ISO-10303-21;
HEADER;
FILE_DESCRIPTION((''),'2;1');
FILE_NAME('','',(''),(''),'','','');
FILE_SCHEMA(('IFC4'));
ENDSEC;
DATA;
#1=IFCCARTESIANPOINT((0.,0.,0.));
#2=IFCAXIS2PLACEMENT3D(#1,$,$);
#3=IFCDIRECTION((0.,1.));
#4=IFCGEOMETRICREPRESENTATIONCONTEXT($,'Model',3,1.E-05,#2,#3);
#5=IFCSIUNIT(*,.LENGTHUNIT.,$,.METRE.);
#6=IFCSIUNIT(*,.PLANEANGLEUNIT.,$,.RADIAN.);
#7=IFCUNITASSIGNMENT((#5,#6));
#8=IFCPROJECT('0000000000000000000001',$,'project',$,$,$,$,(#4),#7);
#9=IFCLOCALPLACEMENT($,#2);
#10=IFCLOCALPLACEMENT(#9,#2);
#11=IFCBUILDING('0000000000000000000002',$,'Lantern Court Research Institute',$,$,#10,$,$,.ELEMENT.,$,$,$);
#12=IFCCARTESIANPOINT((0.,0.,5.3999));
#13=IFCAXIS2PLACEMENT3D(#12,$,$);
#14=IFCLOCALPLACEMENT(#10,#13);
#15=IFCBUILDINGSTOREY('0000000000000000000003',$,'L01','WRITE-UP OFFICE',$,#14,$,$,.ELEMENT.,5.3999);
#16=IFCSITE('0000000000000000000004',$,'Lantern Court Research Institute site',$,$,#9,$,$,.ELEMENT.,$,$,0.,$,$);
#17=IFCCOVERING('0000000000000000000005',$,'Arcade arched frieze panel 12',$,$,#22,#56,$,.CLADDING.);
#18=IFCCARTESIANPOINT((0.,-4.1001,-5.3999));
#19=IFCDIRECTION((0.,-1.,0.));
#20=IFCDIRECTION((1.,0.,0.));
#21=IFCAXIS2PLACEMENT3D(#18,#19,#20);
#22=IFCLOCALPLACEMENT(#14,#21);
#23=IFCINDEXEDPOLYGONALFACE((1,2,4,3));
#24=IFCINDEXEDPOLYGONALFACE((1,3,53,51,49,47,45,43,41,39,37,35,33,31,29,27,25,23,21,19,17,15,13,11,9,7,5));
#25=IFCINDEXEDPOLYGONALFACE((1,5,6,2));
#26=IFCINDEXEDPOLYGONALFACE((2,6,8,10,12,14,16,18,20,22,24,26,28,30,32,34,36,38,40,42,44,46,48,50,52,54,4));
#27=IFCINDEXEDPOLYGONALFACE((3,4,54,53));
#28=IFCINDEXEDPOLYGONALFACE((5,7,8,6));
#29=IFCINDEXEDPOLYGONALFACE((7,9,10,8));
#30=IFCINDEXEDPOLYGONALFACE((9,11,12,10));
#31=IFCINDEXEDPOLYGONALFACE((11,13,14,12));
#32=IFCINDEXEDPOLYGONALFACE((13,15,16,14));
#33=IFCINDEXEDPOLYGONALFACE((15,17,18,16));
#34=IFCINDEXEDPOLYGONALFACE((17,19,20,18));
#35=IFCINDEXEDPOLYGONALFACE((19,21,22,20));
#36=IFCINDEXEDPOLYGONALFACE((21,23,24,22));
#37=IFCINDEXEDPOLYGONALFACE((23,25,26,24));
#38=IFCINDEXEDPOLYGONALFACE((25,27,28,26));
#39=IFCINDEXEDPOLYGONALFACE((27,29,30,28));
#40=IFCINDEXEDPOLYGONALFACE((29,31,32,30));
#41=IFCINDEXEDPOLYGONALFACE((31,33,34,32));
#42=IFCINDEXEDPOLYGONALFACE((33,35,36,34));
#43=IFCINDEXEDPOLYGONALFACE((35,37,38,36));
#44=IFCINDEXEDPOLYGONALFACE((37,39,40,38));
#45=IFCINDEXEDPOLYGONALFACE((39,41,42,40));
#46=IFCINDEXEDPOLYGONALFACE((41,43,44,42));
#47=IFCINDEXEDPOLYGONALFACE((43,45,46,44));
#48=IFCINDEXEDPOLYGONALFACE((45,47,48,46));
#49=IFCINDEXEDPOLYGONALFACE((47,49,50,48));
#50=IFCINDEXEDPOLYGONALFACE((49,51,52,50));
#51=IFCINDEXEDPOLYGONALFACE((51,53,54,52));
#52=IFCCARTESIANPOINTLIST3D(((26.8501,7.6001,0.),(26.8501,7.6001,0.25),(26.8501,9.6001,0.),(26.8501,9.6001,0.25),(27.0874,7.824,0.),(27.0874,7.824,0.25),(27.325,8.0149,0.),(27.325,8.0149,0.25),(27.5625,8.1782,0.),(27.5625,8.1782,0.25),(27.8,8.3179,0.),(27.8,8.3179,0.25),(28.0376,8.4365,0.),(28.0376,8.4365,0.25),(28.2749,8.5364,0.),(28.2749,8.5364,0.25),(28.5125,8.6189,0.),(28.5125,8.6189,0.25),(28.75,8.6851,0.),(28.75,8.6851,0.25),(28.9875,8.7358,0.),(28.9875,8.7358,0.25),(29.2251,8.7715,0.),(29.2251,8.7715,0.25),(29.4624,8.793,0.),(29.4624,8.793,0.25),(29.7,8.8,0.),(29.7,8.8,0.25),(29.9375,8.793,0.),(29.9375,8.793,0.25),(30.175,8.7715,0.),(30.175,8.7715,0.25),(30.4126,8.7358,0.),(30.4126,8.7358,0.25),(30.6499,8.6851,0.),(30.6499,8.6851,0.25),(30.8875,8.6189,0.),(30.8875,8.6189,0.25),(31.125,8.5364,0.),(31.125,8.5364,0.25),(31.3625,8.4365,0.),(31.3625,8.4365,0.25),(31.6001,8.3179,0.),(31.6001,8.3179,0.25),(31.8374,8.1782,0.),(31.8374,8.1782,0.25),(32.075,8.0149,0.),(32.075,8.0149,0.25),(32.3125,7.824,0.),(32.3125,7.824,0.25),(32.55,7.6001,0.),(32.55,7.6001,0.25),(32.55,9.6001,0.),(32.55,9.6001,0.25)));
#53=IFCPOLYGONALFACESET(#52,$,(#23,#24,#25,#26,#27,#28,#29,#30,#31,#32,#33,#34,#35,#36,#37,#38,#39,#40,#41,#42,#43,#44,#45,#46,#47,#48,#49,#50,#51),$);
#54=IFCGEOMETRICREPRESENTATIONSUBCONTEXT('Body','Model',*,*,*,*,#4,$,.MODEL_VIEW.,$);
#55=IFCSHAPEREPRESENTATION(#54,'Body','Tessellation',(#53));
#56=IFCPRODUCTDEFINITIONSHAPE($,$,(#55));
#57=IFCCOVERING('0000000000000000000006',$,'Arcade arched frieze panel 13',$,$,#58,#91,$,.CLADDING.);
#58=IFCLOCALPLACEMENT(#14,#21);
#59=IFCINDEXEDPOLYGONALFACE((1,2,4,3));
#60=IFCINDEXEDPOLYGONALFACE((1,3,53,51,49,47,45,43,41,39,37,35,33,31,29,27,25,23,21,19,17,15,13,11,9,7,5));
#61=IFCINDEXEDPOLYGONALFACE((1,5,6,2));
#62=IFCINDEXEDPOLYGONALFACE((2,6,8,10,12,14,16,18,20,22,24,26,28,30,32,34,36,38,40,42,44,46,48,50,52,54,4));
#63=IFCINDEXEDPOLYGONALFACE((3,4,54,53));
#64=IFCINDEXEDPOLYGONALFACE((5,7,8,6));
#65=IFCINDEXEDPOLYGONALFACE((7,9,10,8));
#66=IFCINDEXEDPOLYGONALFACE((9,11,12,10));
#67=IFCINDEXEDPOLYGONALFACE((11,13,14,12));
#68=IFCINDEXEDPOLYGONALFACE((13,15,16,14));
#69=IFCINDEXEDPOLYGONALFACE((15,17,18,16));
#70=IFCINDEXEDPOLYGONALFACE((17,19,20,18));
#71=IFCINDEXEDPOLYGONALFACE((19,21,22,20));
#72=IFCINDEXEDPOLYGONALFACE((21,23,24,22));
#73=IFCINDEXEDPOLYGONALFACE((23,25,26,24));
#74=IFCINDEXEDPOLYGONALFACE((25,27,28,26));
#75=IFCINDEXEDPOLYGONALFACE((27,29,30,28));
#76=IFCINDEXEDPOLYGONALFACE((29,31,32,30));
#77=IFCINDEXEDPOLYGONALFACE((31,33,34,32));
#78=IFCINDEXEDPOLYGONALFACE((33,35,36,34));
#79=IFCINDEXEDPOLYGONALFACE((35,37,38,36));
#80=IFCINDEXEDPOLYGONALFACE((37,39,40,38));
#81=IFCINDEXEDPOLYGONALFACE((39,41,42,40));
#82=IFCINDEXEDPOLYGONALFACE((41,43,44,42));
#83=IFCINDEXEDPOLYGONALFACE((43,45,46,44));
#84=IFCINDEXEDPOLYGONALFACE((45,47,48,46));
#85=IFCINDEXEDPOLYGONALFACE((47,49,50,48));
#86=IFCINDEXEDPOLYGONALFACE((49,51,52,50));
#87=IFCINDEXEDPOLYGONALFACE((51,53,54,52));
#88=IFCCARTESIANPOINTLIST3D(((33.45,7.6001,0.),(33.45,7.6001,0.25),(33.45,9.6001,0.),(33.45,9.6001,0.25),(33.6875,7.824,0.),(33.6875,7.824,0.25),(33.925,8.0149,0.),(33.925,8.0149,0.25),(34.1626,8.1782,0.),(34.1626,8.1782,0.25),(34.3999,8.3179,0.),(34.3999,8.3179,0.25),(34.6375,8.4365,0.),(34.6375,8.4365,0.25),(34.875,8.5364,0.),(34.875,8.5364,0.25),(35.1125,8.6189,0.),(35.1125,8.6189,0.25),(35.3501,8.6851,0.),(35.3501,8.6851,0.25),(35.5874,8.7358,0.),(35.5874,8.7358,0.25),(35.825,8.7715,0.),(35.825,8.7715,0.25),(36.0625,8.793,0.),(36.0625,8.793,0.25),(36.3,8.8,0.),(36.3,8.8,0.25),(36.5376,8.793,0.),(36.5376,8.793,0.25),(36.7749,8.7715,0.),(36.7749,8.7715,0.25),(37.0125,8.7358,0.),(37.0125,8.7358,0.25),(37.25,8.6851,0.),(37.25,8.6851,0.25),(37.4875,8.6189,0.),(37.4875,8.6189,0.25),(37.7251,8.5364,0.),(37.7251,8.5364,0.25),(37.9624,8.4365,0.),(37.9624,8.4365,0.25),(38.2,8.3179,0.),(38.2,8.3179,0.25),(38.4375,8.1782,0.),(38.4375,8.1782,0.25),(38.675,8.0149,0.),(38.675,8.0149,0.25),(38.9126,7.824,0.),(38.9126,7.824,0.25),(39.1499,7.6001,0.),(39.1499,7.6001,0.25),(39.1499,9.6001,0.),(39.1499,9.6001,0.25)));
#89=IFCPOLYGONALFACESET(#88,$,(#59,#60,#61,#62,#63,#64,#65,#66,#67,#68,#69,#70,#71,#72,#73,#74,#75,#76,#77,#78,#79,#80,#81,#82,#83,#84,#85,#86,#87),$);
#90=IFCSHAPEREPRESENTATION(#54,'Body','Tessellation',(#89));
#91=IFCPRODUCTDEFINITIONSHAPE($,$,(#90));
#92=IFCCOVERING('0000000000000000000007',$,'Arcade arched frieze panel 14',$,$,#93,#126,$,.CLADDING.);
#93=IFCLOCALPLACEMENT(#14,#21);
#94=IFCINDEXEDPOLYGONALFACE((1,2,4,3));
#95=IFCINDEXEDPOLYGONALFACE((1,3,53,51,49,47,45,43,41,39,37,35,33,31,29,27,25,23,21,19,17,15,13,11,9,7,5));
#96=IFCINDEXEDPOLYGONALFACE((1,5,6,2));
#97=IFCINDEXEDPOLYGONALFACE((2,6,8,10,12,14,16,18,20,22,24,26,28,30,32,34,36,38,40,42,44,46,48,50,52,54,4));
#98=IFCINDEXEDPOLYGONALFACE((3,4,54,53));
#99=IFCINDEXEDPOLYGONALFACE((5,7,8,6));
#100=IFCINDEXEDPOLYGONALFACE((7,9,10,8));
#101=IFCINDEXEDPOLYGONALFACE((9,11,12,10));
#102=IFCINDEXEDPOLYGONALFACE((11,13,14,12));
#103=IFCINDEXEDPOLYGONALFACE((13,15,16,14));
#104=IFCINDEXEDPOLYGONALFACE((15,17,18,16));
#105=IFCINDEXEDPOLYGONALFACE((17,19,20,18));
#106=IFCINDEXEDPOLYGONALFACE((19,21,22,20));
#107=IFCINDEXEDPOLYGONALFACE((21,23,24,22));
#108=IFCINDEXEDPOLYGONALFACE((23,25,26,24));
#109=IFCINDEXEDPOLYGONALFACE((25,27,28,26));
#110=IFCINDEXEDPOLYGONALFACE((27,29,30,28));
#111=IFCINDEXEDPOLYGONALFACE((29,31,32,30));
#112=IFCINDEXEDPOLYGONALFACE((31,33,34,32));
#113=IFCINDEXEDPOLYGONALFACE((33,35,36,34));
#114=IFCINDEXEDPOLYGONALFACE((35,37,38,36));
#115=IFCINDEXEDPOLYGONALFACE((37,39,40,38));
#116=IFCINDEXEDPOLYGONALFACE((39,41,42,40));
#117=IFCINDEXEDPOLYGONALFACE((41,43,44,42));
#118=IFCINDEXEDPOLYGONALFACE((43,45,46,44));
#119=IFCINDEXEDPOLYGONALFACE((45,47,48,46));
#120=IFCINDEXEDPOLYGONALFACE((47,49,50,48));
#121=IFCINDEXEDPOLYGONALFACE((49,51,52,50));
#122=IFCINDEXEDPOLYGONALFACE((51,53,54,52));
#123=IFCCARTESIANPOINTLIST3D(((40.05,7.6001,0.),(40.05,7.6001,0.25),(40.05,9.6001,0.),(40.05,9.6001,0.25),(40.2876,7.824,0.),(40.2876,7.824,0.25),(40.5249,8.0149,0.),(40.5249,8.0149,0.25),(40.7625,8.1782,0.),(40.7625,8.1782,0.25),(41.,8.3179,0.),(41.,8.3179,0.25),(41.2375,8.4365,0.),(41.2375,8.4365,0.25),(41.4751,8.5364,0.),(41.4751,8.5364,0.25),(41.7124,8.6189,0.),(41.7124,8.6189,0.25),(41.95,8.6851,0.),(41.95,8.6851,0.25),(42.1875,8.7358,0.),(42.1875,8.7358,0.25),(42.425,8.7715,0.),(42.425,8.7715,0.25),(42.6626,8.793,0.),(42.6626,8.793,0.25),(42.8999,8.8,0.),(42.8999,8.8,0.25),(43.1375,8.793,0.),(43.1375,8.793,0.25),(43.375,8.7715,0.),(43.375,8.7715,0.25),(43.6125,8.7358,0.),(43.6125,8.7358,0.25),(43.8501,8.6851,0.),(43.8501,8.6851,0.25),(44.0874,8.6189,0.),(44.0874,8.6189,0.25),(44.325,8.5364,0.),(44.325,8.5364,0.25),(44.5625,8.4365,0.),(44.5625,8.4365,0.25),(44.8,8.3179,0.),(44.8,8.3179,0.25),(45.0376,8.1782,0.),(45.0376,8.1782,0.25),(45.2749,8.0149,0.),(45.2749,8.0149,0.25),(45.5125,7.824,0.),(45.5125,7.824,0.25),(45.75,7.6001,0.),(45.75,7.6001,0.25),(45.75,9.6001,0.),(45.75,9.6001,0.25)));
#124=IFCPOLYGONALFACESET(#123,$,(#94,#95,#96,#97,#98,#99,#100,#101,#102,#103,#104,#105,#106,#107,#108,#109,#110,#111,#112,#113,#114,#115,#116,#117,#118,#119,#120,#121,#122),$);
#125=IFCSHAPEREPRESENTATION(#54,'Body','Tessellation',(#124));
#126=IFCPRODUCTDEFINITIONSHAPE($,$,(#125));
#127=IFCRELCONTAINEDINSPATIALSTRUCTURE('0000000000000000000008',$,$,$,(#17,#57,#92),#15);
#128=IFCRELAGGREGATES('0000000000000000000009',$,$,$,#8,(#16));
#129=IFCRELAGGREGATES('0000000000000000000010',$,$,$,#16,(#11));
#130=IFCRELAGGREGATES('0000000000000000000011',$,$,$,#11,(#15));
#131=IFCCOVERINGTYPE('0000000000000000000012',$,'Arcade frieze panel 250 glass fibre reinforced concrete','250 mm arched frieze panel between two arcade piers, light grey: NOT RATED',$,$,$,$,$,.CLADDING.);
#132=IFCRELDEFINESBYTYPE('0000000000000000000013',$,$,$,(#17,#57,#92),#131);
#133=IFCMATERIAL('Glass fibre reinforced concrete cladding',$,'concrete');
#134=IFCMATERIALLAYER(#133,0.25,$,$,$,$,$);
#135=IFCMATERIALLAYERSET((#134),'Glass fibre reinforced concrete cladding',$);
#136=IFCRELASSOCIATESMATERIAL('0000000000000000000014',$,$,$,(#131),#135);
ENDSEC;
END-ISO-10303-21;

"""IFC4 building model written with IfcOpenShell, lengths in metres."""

from ifc_helpers import new_model, si_unit, direction, frame, origin, place, context, subcontext, project, spatial, polyline, outline, extrude, material, layer, layer_set, type_object, element, save


model = new_model("IFC4")

# Units and contexts
model_context = context("Model", 3, precision=1e-05, world=origin(), true_north=direction((0.0, 1.0)))
body_context = subcontext(model_context, "Body", "Model", "MODEL_VIEW")
ifc_project = project(units=[si_unit("LENGTHUNIT", "METRE"), si_unit("PLANEANGLEUNIT", "RADIAN")], contexts=[model_context])

# Site, building, storey
site_placement = place(None, origin())
site = spatial("IfcSite", under=ifc_project, at=site_placement, Name="Lantern Court Research Institute site", CompositionType="ELEMENT", RefElevation=0.0)
building_placement = place(site_placement, origin())
building = spatial("IfcBuilding", under=site, at=building_placement, Name="Lantern Court Research Institute", CompositionType="ELEMENT")
storey_placement = place(building_placement, frame((0.0, 0.0, 5.3999)))
storey = spatial("IfcBuildingStorey", under=building, at=storey_placement, Name="L01", Description="WRITE-UP OFFICE", CompositionType="ELEMENT", Elevation=5.3999)

# Coverings
ifc_material_1 = material(Name="Glass fibre reinforced concrete cladding", Category="concrete")
ifc_layer_1 = layer(ifc_material_1, 0.25)
ifc_layer_set_1 = layer_set([ifc_layer_1], Name="Glass fibre reinforced concrete cladding")
covering_type = type_object("IfcCoveringType", Name="Arcade frieze panel 250 glass fibre reinforced concrete", Description="250 mm arched frieze panel between two arcade piers, light grey: NOT RATED", PredefinedType="CLADDING", material=ifc_layer_set_1)
covering_1_placement = place(storey_placement, frame((0.0, -4.1001, -5.3999), z_axis=(0.0, -1.0, 0.0), x_axis=(1.0, 0.0, 0.0)))
element("IfcCovering", 1, at=covering_1_placement, inside=storey, type_object=covering_type, Name="Arcade arched frieze panel 12", PredefinedType="CLADDING", context=body_context, shape_type="SweptSolid", body=[
    extrude(outline(polyline([(26.8501, 9.6001), (26.8501, 7.6001), (27.0874, 7.824), (27.325, 8.0149), (27.5625, 8.1782), (27.8, 8.3179), (28.0376, 8.4365), (28.2749, 8.5364), (28.5125, 8.6189), (28.75, 8.6851), (28.9875, 8.7358), (29.2251, 8.7715), (29.4624, 8.793), (29.7, 8.8), (29.9375, 8.793), (30.175, 8.7715), (30.4126, 8.7358), (30.6499, 8.6851), (30.8875, 8.6189), (31.125, 8.5364), (31.3625, 8.4365), (31.6001, 8.3179), (31.8374, 8.1782), (32.075, 8.0149), (32.3125, 7.824), (32.55, 7.6001), (32.55, 9.6001), (26.8501, 9.6001)])), origin(), (0.0, 0.0, 1.0), 0.25),
])
covering_2_placement = place(storey_placement, frame((0.0, -4.1001, -5.3999), z_axis=(0.0, -1.0, 0.0), x_axis=(1.0, 0.0, 0.0)))
element("IfcCovering", 2, at=covering_2_placement, inside=storey, type_object=covering_type, Name="Arcade arched frieze panel 13", PredefinedType="CLADDING", context=body_context, shape_type="SweptSolid", body=[
    extrude(outline(polyline([(33.45, 9.6001), (33.45, 7.6001), (33.6875, 7.824), (33.925, 8.0149), (34.1626, 8.1782), (34.3999, 8.3179), (34.6375, 8.4365), (34.875, 8.5364), (35.1125, 8.6189), (35.3501, 8.6851), (35.5874, 8.7358), (35.825, 8.7715), (36.0625, 8.793), (36.3, 8.8), (36.5376, 8.793), (36.7749, 8.7715), (37.0125, 8.7358), (37.25, 8.6851), (37.4875, 8.6189), (37.7251, 8.5364), (37.9624, 8.4365), (38.2, 8.3179), (38.4375, 8.1782), (38.675, 8.0149), (38.9126, 7.824), (39.1499, 7.6001), (39.1499, 9.6001), (33.45, 9.6001)])), origin(), (0.0, 0.0, 1.0), 0.25),
])
covering_3_placement = place(storey_placement, frame((0.0, -4.1001, -5.3999), z_axis=(0.0, -1.0, 0.0), x_axis=(1.0, 0.0, 0.0)))
element("IfcCovering", 3, at=covering_3_placement, inside=storey, type_object=covering_type, Name="Arcade arched frieze panel 14", PredefinedType="CLADDING", context=body_context, shape_type="SweptSolid", body=[
    extrude(outline(polyline([(40.05, 9.6001), (40.05, 7.6001), (40.2876, 7.824), (40.5249, 8.0149), (40.7625, 8.1782), (41.0, 8.3179), (41.2375, 8.4365), (41.4751, 8.5364), (41.7124, 8.6189), (41.95, 8.6851), (42.1875, 8.7358), (42.425, 8.7715), (42.6626, 8.793), (42.8999, 8.8), (43.1375, 8.793), (43.375, 8.7715), (43.6125, 8.7358), (43.8501, 8.6851), (44.0874, 8.6189), (44.325, 8.5364), (44.5625, 8.4365), (44.8, 8.3179), (45.0376, 8.1782), (45.2749, 8.0149), (45.5125, 7.824), (45.75, 7.6001), (45.75, 9.6001), (40.05, 9.6001)])), origin(), (0.0, 0.0, 1.0), 0.25),
])

save(model, "model.ifc")
